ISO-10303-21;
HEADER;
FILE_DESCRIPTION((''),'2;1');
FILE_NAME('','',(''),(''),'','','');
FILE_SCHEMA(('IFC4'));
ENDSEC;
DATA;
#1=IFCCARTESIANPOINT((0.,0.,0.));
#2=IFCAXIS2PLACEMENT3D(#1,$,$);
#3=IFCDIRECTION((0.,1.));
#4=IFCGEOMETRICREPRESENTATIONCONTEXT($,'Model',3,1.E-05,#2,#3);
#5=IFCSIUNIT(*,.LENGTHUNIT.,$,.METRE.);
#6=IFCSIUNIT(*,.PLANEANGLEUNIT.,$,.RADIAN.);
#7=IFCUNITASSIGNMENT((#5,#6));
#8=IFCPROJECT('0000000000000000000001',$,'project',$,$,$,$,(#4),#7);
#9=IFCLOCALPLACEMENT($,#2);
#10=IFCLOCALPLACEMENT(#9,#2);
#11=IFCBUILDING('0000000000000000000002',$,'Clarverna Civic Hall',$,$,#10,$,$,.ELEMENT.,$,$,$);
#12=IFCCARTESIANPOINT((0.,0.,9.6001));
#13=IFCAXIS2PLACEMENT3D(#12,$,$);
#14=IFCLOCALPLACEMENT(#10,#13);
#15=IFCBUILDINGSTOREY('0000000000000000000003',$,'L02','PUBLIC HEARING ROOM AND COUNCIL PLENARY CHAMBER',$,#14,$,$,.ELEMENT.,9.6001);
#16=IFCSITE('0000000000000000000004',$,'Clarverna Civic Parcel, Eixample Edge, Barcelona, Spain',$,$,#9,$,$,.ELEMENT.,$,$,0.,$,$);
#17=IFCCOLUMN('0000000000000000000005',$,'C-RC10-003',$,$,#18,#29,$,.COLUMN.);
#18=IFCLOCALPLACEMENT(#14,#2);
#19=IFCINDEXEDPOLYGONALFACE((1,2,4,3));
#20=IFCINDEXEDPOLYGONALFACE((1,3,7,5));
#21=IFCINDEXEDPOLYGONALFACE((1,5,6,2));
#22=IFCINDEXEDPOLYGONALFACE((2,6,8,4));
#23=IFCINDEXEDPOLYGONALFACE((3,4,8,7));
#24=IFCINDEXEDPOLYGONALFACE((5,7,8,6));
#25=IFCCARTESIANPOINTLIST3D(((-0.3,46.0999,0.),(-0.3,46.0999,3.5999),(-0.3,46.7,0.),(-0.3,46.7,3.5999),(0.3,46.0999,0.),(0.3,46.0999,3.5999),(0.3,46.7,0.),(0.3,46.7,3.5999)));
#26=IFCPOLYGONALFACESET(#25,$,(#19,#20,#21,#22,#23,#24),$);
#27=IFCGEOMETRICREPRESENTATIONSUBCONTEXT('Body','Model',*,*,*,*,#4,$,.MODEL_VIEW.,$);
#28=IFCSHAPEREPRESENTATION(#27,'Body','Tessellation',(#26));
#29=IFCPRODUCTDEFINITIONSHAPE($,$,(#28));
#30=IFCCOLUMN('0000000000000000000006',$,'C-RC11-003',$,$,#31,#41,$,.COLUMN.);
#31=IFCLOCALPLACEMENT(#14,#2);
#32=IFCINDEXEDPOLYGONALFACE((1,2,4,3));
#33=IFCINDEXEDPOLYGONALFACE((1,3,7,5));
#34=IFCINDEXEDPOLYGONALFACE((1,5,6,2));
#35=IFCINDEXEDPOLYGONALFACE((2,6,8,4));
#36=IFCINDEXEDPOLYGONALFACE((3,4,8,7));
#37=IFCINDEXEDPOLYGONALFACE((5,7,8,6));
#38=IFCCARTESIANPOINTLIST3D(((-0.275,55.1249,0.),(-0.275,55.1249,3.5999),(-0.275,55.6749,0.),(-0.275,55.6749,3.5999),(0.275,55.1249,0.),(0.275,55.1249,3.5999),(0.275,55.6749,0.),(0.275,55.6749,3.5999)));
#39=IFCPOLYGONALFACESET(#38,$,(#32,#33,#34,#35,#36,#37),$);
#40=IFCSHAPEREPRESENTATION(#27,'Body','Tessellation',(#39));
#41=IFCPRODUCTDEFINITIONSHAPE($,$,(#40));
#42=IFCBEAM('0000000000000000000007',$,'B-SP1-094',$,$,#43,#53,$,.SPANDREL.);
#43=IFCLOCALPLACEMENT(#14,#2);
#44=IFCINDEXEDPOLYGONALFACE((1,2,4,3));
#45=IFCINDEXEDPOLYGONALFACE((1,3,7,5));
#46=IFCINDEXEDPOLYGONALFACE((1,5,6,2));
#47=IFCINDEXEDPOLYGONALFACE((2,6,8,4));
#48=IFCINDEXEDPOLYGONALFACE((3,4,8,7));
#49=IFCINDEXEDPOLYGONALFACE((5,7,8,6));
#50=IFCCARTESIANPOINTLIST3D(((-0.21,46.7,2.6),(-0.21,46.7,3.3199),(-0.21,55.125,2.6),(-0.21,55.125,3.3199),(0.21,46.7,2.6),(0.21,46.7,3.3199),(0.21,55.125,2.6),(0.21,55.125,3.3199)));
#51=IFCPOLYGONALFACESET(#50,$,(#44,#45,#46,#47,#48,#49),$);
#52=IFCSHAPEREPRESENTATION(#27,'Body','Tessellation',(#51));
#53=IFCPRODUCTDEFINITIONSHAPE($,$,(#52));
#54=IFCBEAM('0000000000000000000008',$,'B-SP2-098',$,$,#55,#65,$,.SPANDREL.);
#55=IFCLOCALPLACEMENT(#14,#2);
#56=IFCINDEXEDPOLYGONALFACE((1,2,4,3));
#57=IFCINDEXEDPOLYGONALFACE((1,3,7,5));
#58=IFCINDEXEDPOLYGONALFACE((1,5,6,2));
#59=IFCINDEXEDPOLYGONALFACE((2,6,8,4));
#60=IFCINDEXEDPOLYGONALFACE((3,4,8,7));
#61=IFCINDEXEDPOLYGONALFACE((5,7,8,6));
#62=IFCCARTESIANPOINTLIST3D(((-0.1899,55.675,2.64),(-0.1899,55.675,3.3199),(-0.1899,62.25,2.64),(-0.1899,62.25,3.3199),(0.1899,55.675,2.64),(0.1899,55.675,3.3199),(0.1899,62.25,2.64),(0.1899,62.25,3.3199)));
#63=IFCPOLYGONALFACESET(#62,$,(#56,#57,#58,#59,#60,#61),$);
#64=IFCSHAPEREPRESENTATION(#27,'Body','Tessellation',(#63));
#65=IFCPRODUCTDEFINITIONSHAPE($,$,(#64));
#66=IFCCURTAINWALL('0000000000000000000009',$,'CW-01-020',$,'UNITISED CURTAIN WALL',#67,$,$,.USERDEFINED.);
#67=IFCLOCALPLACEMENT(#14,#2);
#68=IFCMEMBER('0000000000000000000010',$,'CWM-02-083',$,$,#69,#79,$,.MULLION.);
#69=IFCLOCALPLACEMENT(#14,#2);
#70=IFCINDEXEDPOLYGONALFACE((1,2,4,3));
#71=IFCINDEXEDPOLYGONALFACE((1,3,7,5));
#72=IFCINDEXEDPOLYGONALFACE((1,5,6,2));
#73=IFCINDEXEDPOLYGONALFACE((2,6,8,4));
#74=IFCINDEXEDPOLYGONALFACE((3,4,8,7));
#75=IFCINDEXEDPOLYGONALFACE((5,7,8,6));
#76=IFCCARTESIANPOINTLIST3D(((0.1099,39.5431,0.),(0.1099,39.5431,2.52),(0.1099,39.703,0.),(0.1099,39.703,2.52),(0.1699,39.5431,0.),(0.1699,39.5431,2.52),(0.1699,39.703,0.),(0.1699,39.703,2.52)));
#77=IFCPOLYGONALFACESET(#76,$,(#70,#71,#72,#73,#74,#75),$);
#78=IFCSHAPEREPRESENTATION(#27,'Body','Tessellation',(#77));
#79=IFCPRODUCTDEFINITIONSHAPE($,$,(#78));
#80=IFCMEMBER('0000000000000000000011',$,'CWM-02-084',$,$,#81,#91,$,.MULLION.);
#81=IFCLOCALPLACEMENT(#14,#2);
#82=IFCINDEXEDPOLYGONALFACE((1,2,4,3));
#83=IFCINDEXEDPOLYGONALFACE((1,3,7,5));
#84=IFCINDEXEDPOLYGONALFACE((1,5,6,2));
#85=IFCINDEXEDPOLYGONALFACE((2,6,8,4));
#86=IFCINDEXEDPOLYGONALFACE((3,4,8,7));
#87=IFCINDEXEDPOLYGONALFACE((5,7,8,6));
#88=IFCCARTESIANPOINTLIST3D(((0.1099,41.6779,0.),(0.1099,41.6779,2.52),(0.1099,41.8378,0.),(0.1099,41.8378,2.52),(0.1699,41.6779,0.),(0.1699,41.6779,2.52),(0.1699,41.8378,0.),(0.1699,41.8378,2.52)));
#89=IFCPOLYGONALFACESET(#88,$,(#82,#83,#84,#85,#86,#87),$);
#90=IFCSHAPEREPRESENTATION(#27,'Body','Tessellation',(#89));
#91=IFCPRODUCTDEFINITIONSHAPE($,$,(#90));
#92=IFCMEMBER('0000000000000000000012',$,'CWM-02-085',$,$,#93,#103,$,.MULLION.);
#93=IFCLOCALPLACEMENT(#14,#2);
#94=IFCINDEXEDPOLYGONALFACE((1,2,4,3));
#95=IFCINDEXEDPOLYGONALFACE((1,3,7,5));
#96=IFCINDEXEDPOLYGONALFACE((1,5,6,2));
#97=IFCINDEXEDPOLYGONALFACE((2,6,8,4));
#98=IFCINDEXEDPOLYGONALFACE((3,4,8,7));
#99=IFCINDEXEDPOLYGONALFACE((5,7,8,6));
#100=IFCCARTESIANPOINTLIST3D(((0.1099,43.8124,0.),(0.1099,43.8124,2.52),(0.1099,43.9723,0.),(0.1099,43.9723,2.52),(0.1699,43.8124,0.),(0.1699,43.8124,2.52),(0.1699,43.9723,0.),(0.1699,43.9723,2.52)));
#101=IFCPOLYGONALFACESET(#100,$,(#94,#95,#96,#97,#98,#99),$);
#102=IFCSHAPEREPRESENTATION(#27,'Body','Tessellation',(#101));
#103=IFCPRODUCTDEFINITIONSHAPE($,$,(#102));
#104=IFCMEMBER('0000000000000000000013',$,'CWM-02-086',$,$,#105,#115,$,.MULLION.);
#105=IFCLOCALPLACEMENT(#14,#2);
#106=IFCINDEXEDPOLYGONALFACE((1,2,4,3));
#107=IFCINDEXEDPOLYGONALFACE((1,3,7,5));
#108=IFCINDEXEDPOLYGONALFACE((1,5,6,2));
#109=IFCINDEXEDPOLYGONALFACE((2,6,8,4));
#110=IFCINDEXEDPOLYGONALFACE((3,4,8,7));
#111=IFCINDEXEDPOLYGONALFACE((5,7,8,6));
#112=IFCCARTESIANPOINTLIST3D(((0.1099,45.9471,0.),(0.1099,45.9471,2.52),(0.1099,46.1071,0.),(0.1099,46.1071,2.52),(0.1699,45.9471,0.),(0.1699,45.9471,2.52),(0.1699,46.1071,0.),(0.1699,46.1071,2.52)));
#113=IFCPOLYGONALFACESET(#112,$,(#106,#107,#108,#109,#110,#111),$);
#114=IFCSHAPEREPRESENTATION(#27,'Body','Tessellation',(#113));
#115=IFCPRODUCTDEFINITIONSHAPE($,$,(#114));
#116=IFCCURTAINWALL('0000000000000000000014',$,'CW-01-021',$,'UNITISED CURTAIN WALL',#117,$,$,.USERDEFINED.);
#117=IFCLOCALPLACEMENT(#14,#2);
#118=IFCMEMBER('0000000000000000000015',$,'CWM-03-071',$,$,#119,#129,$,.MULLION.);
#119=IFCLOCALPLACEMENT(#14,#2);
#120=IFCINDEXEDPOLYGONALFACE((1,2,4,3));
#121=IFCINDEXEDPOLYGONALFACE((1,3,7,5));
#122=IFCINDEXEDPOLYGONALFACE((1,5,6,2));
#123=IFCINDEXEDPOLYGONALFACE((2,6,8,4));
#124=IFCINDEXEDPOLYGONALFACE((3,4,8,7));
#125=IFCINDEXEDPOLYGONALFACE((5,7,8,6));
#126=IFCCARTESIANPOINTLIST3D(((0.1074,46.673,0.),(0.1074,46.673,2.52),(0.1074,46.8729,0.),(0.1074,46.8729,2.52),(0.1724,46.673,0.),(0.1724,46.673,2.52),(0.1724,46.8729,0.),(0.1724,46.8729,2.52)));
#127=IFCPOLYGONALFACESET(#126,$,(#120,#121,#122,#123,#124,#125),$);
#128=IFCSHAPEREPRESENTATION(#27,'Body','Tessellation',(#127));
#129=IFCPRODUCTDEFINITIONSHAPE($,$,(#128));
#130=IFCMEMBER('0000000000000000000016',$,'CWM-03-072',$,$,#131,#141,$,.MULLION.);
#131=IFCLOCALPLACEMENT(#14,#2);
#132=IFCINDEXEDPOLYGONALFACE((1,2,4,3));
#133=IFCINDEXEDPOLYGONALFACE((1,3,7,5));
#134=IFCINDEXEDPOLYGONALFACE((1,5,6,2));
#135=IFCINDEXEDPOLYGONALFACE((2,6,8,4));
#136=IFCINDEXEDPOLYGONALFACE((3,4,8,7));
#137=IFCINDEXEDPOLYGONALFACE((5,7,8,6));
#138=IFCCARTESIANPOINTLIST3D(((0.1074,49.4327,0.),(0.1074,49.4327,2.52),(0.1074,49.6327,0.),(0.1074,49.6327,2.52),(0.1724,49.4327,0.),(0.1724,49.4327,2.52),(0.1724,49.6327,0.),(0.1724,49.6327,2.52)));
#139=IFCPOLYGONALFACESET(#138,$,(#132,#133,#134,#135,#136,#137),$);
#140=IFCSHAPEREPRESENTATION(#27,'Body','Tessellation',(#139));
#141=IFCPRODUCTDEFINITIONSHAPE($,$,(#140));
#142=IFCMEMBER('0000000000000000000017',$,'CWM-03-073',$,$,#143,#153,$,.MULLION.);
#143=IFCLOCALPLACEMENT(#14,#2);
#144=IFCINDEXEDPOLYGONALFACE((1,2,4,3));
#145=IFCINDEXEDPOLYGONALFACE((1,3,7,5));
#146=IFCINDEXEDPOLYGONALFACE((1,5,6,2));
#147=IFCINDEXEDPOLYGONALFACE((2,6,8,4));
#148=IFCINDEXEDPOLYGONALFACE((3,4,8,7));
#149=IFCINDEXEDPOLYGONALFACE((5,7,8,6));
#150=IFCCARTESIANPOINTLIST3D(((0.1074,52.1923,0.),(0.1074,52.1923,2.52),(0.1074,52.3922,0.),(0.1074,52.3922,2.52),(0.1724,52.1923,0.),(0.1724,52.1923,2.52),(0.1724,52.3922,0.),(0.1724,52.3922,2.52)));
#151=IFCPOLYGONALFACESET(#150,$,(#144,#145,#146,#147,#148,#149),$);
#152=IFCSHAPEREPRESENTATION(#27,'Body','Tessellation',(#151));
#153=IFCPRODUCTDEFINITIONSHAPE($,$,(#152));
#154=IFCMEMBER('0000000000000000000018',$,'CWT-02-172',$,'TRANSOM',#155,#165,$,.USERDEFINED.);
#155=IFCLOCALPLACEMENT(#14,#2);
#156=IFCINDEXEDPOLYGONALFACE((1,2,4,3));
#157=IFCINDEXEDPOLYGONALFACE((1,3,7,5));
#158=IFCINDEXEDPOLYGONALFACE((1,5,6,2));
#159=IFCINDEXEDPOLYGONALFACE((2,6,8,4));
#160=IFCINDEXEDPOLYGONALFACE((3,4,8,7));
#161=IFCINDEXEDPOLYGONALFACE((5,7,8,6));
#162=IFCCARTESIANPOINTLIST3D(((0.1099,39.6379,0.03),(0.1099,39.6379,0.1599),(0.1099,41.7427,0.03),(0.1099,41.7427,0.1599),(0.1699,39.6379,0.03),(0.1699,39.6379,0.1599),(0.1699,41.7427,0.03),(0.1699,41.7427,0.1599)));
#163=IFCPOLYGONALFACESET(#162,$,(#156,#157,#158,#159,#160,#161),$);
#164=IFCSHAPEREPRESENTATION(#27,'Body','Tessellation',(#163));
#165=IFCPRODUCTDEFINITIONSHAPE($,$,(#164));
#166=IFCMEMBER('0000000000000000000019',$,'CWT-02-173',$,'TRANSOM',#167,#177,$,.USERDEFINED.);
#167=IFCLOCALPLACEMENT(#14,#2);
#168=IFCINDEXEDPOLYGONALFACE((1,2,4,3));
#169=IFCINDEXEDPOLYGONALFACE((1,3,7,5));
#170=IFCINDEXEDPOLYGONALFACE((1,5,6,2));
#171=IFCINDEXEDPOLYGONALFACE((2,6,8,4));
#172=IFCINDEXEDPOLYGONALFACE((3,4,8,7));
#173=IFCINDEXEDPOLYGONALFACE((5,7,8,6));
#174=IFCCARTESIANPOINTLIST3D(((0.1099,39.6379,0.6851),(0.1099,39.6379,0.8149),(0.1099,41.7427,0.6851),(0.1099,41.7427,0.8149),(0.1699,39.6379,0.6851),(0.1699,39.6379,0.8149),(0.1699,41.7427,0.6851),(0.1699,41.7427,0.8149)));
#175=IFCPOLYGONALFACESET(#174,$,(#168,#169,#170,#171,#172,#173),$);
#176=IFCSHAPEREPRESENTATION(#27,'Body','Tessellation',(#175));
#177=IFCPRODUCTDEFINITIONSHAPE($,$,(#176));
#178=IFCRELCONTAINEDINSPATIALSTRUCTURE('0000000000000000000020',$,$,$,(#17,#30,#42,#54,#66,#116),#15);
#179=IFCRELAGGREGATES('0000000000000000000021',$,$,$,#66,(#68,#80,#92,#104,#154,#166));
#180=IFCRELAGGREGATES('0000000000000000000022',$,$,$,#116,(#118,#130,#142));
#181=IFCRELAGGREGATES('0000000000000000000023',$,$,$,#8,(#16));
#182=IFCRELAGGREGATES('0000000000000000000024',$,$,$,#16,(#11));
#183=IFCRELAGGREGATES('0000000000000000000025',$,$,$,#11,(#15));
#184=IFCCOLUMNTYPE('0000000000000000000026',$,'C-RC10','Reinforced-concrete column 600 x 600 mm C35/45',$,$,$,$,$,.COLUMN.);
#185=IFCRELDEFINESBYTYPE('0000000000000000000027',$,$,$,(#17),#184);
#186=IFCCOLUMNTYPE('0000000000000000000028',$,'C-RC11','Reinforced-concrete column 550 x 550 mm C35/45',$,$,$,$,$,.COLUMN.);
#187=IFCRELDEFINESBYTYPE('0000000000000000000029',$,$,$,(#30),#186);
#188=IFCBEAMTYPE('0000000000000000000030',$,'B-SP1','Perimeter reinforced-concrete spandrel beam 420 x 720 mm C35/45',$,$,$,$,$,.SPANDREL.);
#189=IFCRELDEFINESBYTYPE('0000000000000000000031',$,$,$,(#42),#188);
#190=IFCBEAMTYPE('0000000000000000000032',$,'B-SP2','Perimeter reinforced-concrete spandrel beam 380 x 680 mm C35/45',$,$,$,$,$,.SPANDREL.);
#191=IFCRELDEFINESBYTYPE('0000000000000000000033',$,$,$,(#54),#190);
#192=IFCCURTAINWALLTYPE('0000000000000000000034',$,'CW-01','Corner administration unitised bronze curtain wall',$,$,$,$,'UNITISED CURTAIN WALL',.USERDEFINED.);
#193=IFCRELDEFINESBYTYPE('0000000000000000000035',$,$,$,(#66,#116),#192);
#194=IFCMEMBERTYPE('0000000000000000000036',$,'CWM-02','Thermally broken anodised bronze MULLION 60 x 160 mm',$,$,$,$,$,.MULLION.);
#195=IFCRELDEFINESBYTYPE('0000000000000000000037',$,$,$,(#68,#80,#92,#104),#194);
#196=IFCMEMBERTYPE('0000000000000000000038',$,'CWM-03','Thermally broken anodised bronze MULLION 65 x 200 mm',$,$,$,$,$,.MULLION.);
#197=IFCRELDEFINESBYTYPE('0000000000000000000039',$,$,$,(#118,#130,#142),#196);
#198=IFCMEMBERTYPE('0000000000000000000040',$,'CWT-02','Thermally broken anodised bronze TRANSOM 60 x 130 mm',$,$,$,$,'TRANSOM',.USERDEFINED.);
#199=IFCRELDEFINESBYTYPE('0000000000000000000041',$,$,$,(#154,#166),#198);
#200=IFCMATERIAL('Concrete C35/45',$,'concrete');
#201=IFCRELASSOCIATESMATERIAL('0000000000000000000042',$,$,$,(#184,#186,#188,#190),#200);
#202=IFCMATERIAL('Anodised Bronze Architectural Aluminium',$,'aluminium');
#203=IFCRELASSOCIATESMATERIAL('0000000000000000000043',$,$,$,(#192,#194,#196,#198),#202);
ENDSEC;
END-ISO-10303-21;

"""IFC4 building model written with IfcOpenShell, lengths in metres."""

from ifc_helpers import new_model, si_unit, direction, frame, origin, origin_2d, place, context, subcontext, project, spatial, rectangle, extrude, material, material_profile, profile_set, type_object, element, aggregate, save


model = new_model("IFC4")

# Units and contexts
model_context = context("Model", 3, precision=1e-05, world=origin(), true_north=direction((0.0, 1.0)))
body_context = subcontext(model_context, "Body", "Model", "MODEL_VIEW")
ifc_project = project(units=[si_unit("LENGTHUNIT", "METRE"), si_unit("PLANEANGLEUNIT", "RADIAN")], contexts=[model_context])

# Site, building, storey
site_placement = place(None, origin())
site = spatial("IfcSite", under=ifc_project, at=site_placement, Name="Clarverna Civic Parcel, Eixample Edge, Barcelona, Spain", CompositionType="ELEMENT", RefElevation=0.0)
building_placement = place(site_placement, origin())
building = spatial("IfcBuilding", under=site, at=building_placement, Name="Clarverna Civic Hall", CompositionType="ELEMENT")
storey_placement = place(building_placement, frame((0.0, 0.0, 9.6001)))
storey = spatial("IfcBuildingStorey", under=building, at=storey_placement, Name="L02", Description="PUBLIC HEARING ROOM AND COUNCIL PLENARY CHAMBER", CompositionType="ELEMENT", Elevation=9.6001)

# Columns
ifc_material_1 = material(Name="Concrete C35/45", Category="concrete")
ifc_material_profile_1 = material_profile(ifc_material_1, rectangle(XDim=0.6001, YDim=0.6001, at=origin_2d()), Name="RC 600x600")
ifc_profile_set_1 = profile_set([ifc_material_profile_1], Name="Concrete C35/45")
column_type_1 = type_object("IfcColumnType", Name="C-RC10", Description="Reinforced-concrete column 600 x 600 mm C35/45", PredefinedType="COLUMN", material=ifc_profile_set_1)
column_1_placement = place(storey_placement, frame((0.0, 46.3999, 0.0), z_axis=(0.0, 0.0, 1.0), x_axis=(1.0, 0.0, 0.0)))
element("IfcColumn", 1, at=column_1_placement, inside=storey, type_object=column_type_1, Name="C-RC10-003", PredefinedType="COLUMN", context=body_context, shape_type="SweptSolid", body=[
    extrude(rectangle(XDim=0.6001, YDim=0.6001, at=origin_2d()), origin(), (0.0, 0.0, 1.0), 3.5999),
])
ifc_material_profile_2 = material_profile(ifc_material_1, rectangle(XDim=0.55, YDim=0.55, at=origin_2d()), Name="RC 550x550")
ifc_profile_set_2 = profile_set([ifc_material_profile_2], Name="Concrete C35/45")
column_type_2 = type_object("IfcColumnType", Name="C-RC11", Description="Reinforced-concrete column 550 x 550 mm C35/45", PredefinedType="COLUMN", material=ifc_profile_set_2)
column_2_placement = place(storey_placement, frame((0.0, 55.3999, 0.0), z_axis=(0.0, 0.0, 1.0), x_axis=(1.0, 0.0, 0.0)))
element("IfcColumn", 2, at=column_2_placement, inside=storey, type_object=column_type_2, Name="C-RC11-003", PredefinedType="COLUMN", context=body_context, shape_type="SweptSolid", body=[
    extrude(rectangle(XDim=0.55, YDim=0.55, at=origin_2d()), origin(), (0.0, 0.0, 1.0), 3.5999),
])

# Beams
ifc_material_profile_3 = material_profile(ifc_material_1, rectangle(XDim=0.4199, YDim=0.72, at=origin_2d()), Name="RC 420x720")
ifc_profile_set_3 = profile_set([ifc_material_profile_3], Name="Concrete C35/45")
beam_type_1 = type_object("IfcBeamType", Name="B-SP1", Description="Perimeter reinforced-concrete spandrel beam 420 x 720 mm C35/45", PredefinedType="SPANDREL", material=ifc_profile_set_3)
beam_1_placement = place(storey_placement, frame((0.0, 46.7, 2.96), z_axis=(0.0, 1.0, 0.0), x_axis=(-1.0, 0.0, 0.0)))
element("IfcBeam", 3, at=beam_1_placement, inside=storey, type_object=beam_type_1, Name="B-SP1-094", PredefinedType="SPANDREL", context=body_context, shape_type="SweptSolid", body=[
    extrude(rectangle(XDim=0.4199, YDim=0.72, at=origin_2d()), origin(), (0.0, 0.0, 1.0), 8.425),
])
ifc_material_profile_4 = material_profile(ifc_material_1, rectangle(XDim=0.3799, YDim=0.6799, at=origin_2d()), Name="RC 380x680")
ifc_profile_set_4 = profile_set([ifc_material_profile_4], Name="Concrete C35/45")
beam_type_2 = type_object("IfcBeamType", Name="B-SP2", Description="Perimeter reinforced-concrete spandrel beam 380 x 680 mm C35/45", PredefinedType="SPANDREL", material=ifc_profile_set_4)
beam_2_placement = place(storey_placement, frame((0.0, 55.675, 2.98), z_axis=(0.0, 1.0, 0.0), x_axis=(-1.0, 0.0, 0.0)))
element("IfcBeam", 4, at=beam_2_placement, inside=storey, type_object=beam_type_2, Name="B-SP2-098", PredefinedType="SPANDREL", context=body_context, shape_type="SweptSolid", body=[
    extrude(rectangle(XDim=0.3799, YDim=0.6799, at=origin_2d()), origin(), (0.0, 0.0, 1.0), 6.575),
])

# Curtain walls, members
ifc_material_2 = material(Name="Anodised Bronze Architectural Aluminium", Category="aluminium")
curtain_wall_type = type_object("IfcCurtainWallType", Name="CW-01", Description="Corner administration unitised bronze curtain wall", ElementType="UNITISED CURTAIN WALL", PredefinedType="USERDEFINED", material=ifc_material_2)
curtain_wall_1_placement = place(storey_placement, origin())
curtain_wall_1 = element("IfcCurtainWall", 5, at=curtain_wall_1_placement, inside=storey, type_object=curtain_wall_type, Name="CW-01-020", ObjectType="UNITISED CURTAIN WALL", PredefinedType="USERDEFINED")
ifc_material_profile_5 = material_profile(ifc_material_2, rectangle(XDim=0.0601, YDim=0.1599, at=origin_2d()), Name="BRONZE 60x160")
ifc_profile_set_5 = profile_set([ifc_material_profile_5], Name="Anodised Bronze Architectural Aluminium")
member_type_1 = type_object("IfcMemberType", Name="CWM-02", Description="Thermally broken anodised bronze MULLION 60 x 160 mm", PredefinedType="MULLION", material=ifc_profile_set_5)
member_1_placement = place(storey_placement, frame((0.1399, 39.623, 0.0), z_axis=(0.0, 0.0, 1.0), x_axis=(1.0, 0.0, 0.0)))
member_1 = element("IfcMember", 6, at=member_1_placement, type_object=member_type_1, Name="CWM-02-083", PredefinedType="MULLION", context=body_context, shape_type="SweptSolid", body=[
    extrude(rectangle(XDim=0.0601, YDim=0.1599, at=origin_2d()), origin(), (0.0, 0.0, 1.0), 2.52),
])
member_2_placement = place(storey_placement, frame((0.1399, 41.7578, 0.0), z_axis=(0.0, 0.0, 1.0), x_axis=(1.0, 0.0, 0.0)))
member_2 = element("IfcMember", 7, at=member_2_placement, type_object=member_type_1, Name="CWM-02-084", PredefinedType="MULLION", context=body_context, shape_type="SweptSolid", body=[
    extrude(rectangle(XDim=0.0601, YDim=0.1599, at=origin_2d()), origin(), (0.0, 0.0, 1.0), 2.52),
])
member_3_placement = place(storey_placement, frame((0.1399, 43.8923, 0.0), z_axis=(0.0, 0.0, 1.0), x_axis=(1.0, 0.0, 0.0)))
member_3 = element("IfcMember", 8, at=member_3_placement, type_object=member_type_1, Name="CWM-02-085", PredefinedType="MULLION", context=body_context, shape_type="SweptSolid", body=[
    extrude(rectangle(XDim=0.0601, YDim=0.1599, at=origin_2d()), origin(), (0.0, 0.0, 1.0), 2.52),
])
member_4_placement = place(storey_placement, frame((0.1399, 46.0271, 0.0), z_axis=(0.0, 0.0, 1.0), x_axis=(1.0, 0.0, 0.0)))
member_4 = element("IfcMember", 9, at=member_4_placement, type_object=member_type_1, Name="CWM-02-086", PredefinedType="MULLION", context=body_context, shape_type="SweptSolid", body=[
    extrude(rectangle(XDim=0.0601, YDim=0.1599, at=origin_2d()), origin(), (0.0, 0.0, 1.0), 2.52),
])
curtain_wall_2_placement = place(storey_placement, origin())
curtain_wall_2 = element("IfcCurtainWall", 10, at=curtain_wall_2_placement, inside=storey, type_object=curtain_wall_type, Name="CW-01-021", ObjectType="UNITISED CURTAIN WALL", PredefinedType="USERDEFINED")
ifc_material_profile_6 = material_profile(ifc_material_2, rectangle(XDim=0.0649, YDim=0.2, at=origin_2d()), Name="BRONZE 65x200")
ifc_profile_set_6 = profile_set([ifc_material_profile_6], Name="Anodised Bronze Architectural Aluminium")
member_type_2 = type_object("IfcMemberType", Name="CWM-03", Description="Thermally broken anodised bronze MULLION 65 x 200 mm", PredefinedType="MULLION", material=ifc_profile_set_6)
member_5_placement = place(storey_placement, frame((0.1399, 46.7729, 0.0), z_axis=(0.0, 0.0, 1.0), x_axis=(1.0, 0.0, 0.0)))
member_5 = element("IfcMember", 11, at=member_5_placement, type_object=member_type_2, Name="CWM-03-071", PredefinedType="MULLION", context=body_context, shape_type="SweptSolid", body=[
    extrude(rectangle(XDim=0.0649, YDim=0.2, at=origin_2d()), origin(), (0.0, 0.0, 1.0), 2.52),
])
member_6_placement = place(storey_placement, frame((0.1399, 49.5327, 0.0), z_axis=(0.0, 0.0, 1.0), x_axis=(1.0, 0.0, 0.0)))
member_6 = element("IfcMember", 12, at=member_6_placement, type_object=member_type_2, Name="CWM-03-072", PredefinedType="MULLION", context=body_context, shape_type="SweptSolid", body=[
    extrude(rectangle(XDim=0.0649, YDim=0.2, at=origin_2d()), origin(), (0.0, 0.0, 1.0), 2.52),
])
member_7_placement = place(storey_placement, frame((0.1399, 52.2922, 0.0), z_axis=(0.0, 0.0, 1.0), x_axis=(1.0, 0.0, 0.0)))
member_7 = element("IfcMember", 13, at=member_7_placement, type_object=member_type_2, Name="CWM-03-073", PredefinedType="MULLION", context=body_context, shape_type="SweptSolid", body=[
    extrude(rectangle(XDim=0.0649, YDim=0.2, at=origin_2d()), origin(), (0.0, 0.0, 1.0), 2.52),
])

# Members
ifc_material_profile_7 = material_profile(ifc_material_2, rectangle(XDim=0.0601, YDim=0.1299, at=origin_2d()), Name="BRONZE 60x130")
ifc_profile_set_7 = profile_set([ifc_material_profile_7], Name="Anodised Bronze Architectural Aluminium")
member_type_3 = type_object("IfcMemberType", Name="CWT-02", Description="Thermally broken anodised bronze TRANSOM 60 x 130 mm", ElementType="TRANSOM", PredefinedType="USERDEFINED", material=ifc_profile_set_7)
member_8_placement = place(storey_placement, frame((0.1399, 39.6379, 0.095), z_axis=(0.0, 1.0, 0.0), x_axis=(-1.0, 0.0, 0.0)))
member_8 = element("IfcMember", 14, at=member_8_placement, type_object=member_type_3, Name="CWT-02-172", ObjectType="TRANSOM", PredefinedType="USERDEFINED", context=body_context, shape_type="SweptSolid", body=[
    extrude(rectangle(XDim=0.0601, YDim=0.1299, at=origin_2d()), origin(), (0.0, 0.0, 1.0), 2.1047),
])
member_9_placement = place(storey_placement, frame((0.1399, 39.6379, 0.75), z_axis=(0.0, 1.0, 0.0), x_axis=(-1.0, 0.0, 0.0)))
member_9 = element("IfcMember", 15, at=member_9_placement, type_object=member_type_3, Name="CWT-02-173", ObjectType="TRANSOM", PredefinedType="USERDEFINED", context=body_context, shape_type="SweptSolid", body=[
    extrude(rectangle(XDim=0.0601, YDim=0.1299, at=origin_2d()), origin(), (0.0, 0.0, 1.0), 2.1047),
])

aggregate(curtain_wall_1, [member_1, member_2, member_3, member_4, member_8, member_9])
aggregate(curtain_wall_2, [member_5, member_6, member_7])

save(model, "model.ifc")
